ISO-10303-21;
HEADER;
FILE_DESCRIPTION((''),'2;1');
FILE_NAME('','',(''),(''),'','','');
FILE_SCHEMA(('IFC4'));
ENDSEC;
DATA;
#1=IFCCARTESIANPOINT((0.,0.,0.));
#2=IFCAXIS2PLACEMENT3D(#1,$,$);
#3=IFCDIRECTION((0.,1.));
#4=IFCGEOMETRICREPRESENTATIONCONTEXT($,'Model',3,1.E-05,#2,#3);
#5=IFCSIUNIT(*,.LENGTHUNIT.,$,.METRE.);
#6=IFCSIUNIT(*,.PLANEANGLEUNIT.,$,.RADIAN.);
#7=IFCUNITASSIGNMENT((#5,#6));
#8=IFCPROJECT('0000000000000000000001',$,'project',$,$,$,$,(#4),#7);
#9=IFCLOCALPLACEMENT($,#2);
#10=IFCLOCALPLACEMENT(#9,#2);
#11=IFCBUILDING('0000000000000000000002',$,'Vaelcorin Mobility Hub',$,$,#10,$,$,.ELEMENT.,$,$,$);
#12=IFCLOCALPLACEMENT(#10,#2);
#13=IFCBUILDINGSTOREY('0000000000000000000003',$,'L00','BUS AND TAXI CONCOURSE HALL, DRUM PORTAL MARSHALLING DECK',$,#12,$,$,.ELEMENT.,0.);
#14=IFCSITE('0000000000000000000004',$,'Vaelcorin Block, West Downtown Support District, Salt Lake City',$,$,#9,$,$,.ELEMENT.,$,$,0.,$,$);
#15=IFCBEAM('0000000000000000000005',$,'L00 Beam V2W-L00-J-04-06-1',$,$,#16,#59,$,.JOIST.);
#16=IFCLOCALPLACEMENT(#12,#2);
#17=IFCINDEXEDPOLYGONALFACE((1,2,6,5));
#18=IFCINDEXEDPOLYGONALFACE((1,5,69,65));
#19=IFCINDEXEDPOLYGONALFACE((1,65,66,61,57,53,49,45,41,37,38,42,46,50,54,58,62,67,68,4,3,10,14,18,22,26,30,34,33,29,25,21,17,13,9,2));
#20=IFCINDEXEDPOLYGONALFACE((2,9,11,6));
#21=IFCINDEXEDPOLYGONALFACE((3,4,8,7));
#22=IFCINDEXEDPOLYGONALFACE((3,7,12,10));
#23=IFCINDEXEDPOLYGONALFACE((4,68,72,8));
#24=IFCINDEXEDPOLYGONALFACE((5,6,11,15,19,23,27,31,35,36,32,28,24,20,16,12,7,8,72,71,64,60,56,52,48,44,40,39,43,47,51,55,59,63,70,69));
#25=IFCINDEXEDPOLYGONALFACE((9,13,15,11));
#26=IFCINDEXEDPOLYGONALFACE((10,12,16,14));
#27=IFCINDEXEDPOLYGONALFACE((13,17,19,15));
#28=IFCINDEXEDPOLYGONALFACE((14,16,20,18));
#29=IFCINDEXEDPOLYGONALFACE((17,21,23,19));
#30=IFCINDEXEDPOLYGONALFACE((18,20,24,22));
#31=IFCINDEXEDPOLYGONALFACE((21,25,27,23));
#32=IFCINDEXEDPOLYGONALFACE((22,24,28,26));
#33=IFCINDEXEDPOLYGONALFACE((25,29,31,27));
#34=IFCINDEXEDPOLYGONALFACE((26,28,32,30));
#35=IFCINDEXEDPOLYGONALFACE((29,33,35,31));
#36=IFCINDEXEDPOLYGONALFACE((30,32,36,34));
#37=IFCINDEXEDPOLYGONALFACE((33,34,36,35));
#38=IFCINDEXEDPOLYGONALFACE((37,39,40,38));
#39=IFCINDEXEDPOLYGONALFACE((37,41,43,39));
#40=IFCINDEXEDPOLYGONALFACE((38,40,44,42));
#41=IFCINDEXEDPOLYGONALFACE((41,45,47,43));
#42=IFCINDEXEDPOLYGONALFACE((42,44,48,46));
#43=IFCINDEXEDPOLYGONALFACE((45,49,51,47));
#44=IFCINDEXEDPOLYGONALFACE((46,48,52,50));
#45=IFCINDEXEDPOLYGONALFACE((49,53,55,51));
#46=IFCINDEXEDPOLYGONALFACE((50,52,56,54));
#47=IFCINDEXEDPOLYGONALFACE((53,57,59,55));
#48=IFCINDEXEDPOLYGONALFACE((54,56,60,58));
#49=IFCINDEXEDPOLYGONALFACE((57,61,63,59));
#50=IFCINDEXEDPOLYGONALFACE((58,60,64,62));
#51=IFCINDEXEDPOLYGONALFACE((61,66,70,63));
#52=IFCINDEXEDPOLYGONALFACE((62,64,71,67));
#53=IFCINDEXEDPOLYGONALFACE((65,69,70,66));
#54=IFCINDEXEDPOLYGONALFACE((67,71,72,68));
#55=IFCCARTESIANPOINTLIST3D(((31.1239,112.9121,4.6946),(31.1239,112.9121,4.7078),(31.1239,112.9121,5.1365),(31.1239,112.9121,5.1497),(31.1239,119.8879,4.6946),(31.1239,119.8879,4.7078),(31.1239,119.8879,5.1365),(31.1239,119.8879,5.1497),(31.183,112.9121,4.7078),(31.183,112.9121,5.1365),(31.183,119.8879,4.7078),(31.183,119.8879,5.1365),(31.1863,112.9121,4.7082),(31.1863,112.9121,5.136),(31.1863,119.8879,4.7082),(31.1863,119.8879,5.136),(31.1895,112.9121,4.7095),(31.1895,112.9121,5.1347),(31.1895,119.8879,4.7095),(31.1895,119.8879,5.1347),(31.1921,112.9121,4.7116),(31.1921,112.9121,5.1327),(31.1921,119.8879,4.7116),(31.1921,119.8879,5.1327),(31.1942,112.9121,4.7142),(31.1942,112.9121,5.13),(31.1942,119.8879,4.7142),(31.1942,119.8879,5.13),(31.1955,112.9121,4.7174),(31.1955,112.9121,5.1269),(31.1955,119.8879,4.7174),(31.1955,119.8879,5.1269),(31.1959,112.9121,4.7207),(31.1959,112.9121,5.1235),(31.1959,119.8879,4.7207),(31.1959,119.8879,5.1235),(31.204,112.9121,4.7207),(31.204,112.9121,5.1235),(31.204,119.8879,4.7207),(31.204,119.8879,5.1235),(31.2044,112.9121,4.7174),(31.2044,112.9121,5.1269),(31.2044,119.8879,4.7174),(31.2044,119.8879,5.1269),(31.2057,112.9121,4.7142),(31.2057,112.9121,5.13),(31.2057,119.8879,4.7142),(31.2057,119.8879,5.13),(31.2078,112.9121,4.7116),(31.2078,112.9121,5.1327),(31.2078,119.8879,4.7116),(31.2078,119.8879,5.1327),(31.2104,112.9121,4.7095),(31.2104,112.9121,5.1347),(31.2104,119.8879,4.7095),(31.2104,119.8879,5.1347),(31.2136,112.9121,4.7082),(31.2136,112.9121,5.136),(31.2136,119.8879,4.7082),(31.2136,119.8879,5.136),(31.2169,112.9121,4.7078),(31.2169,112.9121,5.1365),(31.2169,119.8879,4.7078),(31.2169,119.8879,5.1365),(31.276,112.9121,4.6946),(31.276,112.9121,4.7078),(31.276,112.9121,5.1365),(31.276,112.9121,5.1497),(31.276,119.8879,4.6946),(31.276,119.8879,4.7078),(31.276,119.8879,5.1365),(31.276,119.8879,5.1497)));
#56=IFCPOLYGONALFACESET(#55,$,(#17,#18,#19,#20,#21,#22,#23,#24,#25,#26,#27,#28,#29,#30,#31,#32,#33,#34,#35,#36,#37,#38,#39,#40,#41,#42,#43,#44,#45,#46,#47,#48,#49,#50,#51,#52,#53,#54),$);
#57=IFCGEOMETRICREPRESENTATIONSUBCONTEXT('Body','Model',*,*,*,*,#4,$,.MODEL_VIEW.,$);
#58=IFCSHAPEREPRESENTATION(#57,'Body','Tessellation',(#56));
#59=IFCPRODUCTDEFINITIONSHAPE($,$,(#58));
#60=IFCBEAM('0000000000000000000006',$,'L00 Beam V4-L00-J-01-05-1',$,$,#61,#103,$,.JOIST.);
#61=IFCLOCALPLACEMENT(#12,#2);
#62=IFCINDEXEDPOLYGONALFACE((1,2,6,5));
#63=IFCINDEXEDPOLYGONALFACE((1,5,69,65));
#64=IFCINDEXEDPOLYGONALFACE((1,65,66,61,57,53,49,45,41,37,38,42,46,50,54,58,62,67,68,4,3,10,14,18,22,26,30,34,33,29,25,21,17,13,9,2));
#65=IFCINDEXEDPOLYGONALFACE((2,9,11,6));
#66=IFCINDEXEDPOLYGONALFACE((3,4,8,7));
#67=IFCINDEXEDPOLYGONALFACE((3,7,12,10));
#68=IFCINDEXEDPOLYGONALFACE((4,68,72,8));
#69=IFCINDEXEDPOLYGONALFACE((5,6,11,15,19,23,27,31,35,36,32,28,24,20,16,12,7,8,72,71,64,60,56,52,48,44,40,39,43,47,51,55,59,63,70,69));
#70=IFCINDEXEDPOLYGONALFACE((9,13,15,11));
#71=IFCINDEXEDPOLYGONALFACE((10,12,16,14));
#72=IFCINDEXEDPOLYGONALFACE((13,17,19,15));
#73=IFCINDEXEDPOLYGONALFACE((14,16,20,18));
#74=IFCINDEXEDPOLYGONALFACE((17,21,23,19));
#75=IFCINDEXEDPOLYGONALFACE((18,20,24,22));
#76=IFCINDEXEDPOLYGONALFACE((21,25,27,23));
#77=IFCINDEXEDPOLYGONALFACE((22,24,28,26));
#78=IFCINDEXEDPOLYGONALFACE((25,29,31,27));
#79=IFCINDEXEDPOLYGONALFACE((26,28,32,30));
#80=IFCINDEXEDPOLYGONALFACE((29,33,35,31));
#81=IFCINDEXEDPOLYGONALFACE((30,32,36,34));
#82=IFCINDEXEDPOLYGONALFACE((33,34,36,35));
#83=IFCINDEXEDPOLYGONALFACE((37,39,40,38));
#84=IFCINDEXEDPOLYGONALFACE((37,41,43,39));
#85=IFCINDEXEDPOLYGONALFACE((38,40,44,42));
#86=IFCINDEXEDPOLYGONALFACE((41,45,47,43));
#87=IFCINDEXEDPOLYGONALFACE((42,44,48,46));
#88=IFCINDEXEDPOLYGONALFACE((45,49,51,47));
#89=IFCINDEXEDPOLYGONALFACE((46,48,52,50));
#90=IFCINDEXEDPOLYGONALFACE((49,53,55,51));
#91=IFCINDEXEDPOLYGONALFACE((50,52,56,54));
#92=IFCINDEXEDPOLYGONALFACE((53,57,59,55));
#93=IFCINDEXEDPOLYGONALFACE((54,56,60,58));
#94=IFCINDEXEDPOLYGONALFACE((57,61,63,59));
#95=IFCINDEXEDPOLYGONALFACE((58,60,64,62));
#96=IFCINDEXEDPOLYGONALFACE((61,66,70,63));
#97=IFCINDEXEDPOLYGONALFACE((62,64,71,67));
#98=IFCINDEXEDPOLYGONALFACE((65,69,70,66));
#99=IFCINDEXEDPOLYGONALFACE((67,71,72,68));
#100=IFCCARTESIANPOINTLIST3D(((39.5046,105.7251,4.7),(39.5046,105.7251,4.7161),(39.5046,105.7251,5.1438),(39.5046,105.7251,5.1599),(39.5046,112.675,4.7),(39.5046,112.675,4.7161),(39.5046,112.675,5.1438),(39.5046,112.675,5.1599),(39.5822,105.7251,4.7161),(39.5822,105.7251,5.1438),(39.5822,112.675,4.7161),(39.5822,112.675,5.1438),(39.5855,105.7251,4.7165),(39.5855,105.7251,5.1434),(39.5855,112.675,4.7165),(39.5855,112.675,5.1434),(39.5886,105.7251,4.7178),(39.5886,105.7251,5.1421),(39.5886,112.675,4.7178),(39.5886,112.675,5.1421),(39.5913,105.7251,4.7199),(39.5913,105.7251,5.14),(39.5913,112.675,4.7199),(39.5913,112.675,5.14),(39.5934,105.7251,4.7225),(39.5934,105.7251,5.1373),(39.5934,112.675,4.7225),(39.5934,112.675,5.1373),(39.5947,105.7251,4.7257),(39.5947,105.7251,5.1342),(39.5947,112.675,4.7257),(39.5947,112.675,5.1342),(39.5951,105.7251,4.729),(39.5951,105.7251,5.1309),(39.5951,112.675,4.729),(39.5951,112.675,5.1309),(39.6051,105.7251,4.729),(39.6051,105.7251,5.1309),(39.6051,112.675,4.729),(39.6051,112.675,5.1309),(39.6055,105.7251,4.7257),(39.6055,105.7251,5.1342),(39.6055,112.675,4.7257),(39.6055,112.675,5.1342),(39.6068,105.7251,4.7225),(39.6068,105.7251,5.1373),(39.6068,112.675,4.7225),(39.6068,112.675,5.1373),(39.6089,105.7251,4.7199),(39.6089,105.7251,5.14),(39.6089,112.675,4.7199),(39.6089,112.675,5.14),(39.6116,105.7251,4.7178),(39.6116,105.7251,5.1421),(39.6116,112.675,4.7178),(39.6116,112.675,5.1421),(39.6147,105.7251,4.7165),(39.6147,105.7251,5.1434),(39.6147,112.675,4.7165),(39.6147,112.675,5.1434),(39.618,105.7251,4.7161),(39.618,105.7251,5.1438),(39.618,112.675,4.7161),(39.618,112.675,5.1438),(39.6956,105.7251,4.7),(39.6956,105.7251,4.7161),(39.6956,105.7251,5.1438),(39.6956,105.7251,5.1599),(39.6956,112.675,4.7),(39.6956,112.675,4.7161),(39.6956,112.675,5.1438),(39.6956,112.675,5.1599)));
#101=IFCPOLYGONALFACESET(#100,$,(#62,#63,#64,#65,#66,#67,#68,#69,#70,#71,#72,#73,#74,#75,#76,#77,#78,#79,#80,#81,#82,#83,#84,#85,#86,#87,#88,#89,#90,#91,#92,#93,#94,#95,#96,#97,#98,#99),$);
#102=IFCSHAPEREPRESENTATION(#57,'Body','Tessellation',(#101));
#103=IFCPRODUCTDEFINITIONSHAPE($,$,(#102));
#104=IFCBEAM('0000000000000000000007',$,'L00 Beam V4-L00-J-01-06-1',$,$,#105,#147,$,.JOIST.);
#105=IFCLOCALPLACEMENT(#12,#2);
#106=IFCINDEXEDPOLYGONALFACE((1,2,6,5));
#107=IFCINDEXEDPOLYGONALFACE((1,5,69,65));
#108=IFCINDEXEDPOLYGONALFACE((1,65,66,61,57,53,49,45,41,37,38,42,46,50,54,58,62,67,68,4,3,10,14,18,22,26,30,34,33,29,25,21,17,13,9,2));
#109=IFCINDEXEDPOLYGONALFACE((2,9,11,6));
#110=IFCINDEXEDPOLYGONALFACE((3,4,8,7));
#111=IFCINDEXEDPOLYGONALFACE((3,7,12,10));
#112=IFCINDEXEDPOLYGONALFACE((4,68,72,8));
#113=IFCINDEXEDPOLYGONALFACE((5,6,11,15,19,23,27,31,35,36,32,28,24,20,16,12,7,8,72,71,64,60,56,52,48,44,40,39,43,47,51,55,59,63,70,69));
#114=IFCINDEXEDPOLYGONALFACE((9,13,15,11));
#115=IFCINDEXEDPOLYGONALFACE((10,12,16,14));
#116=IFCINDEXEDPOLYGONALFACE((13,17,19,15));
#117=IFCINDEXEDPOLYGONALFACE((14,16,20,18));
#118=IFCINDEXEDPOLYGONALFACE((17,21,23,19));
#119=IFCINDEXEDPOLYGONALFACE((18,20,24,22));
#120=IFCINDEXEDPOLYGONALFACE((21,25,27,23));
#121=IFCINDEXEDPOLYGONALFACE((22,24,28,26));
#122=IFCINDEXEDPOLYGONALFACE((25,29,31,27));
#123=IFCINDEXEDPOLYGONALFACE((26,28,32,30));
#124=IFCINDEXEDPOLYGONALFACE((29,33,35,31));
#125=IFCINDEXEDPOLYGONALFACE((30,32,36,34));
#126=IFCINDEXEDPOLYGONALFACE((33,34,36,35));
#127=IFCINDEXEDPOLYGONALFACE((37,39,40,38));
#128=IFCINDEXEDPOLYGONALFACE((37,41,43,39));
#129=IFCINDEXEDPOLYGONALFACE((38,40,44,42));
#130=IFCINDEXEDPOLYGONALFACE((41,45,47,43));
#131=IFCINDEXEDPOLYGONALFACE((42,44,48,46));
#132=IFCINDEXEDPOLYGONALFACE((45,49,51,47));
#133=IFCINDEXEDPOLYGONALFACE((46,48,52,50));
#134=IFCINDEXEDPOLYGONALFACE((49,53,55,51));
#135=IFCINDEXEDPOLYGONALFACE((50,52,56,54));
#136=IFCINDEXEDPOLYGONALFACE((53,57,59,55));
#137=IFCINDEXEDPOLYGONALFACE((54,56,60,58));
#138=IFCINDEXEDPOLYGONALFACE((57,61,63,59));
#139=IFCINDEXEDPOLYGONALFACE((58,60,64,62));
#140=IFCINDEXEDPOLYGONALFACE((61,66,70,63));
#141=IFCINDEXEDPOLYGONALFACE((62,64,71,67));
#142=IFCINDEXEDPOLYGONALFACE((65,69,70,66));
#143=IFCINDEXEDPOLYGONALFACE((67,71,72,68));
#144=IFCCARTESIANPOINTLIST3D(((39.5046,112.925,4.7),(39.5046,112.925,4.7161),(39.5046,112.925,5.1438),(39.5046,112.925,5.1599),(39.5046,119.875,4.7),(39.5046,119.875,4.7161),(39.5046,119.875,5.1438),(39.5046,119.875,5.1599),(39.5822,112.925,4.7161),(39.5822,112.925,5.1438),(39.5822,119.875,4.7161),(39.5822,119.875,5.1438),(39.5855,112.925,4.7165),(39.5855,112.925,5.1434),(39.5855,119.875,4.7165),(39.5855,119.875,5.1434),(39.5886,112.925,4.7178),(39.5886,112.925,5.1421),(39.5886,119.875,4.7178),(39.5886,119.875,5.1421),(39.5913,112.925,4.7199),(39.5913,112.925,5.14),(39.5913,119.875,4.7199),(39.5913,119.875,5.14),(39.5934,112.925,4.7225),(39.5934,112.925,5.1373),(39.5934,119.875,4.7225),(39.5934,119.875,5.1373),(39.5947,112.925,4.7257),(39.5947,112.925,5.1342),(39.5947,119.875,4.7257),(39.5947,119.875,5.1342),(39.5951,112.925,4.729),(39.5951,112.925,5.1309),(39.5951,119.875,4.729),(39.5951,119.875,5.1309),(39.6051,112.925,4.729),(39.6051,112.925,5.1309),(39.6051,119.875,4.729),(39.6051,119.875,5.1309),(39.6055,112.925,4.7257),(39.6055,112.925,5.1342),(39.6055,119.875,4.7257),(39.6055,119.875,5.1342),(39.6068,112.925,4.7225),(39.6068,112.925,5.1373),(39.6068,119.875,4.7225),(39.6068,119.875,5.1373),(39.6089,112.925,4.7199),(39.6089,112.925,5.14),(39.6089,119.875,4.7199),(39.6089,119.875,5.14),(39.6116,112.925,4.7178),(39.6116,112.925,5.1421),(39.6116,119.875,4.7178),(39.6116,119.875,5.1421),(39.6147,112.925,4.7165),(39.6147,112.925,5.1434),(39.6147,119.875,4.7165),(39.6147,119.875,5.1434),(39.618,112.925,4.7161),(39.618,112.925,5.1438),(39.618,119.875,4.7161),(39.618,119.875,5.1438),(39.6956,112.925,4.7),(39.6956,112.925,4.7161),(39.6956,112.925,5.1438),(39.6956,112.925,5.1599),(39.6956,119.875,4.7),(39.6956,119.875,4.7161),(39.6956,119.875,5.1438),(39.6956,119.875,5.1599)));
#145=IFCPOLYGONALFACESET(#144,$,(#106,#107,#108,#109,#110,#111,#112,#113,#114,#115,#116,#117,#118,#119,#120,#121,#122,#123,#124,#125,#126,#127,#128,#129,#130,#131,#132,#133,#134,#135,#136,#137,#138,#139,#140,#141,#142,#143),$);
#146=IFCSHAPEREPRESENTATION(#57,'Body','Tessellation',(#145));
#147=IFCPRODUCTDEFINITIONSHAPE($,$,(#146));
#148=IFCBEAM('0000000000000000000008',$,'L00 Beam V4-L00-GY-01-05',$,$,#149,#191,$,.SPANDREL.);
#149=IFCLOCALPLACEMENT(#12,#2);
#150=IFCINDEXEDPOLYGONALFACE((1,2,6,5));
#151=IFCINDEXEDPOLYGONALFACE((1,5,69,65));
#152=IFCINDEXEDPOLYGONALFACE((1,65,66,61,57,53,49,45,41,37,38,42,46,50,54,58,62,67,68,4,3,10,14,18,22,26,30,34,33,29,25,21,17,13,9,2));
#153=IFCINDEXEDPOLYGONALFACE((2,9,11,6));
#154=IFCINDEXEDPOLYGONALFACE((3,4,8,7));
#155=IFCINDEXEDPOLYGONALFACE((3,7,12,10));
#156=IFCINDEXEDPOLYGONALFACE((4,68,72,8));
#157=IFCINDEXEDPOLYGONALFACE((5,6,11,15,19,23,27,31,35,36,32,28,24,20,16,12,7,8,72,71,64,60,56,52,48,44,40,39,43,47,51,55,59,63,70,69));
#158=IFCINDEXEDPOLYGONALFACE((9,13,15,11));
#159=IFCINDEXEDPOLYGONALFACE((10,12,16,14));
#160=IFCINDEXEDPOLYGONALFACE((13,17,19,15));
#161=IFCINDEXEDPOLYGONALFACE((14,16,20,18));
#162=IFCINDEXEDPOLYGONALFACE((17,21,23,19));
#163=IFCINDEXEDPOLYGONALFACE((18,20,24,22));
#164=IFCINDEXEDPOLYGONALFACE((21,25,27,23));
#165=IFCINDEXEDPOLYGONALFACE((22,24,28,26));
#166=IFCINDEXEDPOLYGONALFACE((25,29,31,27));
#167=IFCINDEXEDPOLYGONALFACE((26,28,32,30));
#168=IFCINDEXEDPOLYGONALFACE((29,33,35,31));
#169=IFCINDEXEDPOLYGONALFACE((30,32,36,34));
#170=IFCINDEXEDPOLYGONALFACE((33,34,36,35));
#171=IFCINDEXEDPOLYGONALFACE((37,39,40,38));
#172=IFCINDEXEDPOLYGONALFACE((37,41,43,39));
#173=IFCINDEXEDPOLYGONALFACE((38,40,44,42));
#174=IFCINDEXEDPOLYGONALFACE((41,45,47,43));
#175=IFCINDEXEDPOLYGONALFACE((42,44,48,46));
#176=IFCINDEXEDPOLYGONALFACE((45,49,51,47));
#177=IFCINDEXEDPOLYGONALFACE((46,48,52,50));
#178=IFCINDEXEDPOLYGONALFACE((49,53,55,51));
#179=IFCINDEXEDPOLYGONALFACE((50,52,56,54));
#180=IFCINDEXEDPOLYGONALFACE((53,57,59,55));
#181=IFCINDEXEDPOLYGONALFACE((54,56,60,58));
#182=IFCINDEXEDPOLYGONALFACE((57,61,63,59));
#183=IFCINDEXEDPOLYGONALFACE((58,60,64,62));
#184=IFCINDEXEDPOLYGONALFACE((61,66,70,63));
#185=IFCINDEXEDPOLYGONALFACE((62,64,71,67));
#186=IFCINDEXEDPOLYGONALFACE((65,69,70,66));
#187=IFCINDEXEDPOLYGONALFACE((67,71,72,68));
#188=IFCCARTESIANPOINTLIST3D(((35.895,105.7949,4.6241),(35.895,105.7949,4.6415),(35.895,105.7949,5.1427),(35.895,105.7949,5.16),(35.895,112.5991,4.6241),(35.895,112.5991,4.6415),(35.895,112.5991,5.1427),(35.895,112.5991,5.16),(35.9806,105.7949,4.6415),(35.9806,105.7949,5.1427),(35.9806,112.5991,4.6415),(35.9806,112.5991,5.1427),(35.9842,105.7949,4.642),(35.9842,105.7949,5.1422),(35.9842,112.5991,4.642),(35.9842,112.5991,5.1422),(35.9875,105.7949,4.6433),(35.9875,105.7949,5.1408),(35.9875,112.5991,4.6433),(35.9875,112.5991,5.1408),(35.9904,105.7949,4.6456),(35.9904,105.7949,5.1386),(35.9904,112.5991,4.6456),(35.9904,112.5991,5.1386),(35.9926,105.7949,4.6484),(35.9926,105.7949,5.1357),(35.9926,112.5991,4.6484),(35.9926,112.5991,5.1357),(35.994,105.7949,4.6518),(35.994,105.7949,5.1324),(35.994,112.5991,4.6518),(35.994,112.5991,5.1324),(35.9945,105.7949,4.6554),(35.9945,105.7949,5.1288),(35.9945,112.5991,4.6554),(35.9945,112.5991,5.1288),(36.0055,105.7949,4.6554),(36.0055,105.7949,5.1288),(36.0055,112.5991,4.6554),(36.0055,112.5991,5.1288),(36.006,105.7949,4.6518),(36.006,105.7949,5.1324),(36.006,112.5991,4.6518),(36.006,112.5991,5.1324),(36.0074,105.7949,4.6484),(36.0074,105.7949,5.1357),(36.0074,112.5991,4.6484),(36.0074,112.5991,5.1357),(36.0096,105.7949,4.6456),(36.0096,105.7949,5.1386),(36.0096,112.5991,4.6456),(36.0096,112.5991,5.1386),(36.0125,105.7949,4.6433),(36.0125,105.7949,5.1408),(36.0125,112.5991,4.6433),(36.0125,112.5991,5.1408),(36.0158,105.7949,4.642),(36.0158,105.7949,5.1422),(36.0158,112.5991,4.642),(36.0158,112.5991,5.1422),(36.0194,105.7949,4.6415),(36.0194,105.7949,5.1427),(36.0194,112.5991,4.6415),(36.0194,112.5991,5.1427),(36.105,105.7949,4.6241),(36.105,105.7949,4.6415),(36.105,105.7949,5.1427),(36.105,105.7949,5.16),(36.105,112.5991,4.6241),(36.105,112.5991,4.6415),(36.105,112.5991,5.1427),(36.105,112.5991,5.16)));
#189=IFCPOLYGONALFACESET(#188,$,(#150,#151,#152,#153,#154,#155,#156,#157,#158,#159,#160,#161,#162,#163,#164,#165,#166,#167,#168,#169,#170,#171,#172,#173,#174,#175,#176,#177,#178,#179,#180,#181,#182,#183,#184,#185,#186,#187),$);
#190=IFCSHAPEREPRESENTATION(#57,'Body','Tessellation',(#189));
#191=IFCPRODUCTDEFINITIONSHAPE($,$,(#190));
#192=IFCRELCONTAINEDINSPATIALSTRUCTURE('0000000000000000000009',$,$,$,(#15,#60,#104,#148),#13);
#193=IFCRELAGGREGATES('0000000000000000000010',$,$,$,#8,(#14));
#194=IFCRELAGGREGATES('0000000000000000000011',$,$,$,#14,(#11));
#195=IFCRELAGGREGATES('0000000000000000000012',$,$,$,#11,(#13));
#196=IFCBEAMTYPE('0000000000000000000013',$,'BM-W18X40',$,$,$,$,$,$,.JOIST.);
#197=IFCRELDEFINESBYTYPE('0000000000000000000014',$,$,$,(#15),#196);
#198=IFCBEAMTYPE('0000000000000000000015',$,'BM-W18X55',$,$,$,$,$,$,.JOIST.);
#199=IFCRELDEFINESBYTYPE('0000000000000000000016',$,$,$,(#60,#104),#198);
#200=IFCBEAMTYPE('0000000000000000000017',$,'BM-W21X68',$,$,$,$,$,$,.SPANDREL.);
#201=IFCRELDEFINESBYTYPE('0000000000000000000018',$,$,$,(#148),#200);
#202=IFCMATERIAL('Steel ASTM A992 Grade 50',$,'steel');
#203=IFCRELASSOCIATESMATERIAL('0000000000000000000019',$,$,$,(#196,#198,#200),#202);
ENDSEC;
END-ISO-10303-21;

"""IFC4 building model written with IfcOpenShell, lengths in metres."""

from ifc_helpers import new_model, si_unit, direction, frame, origin, origin_2d, place, context, subcontext, project, spatial, i_section, extrude, material, material_profile, profile_set, type_object, element, save


model = new_model("IFC4")

# Units and contexts
model_context = context("Model", 3, precision=1e-05, world=origin(), true_north=direction((0.0, 1.0)))
body_context = subcontext(model_context, "Body", "Model", "MODEL_VIEW")
ifc_project = project(units=[si_unit("LENGTHUNIT", "METRE"), si_unit("PLANEANGLEUNIT", "RADIAN")], contexts=[model_context])

# Site, building, storey
site_placement = place(None, origin())
site = spatial("IfcSite", under=ifc_project, at=site_placement, Name="Vaelcorin Block, West Downtown Support District, Salt Lake City", CompositionType="ELEMENT", RefElevation=0.0)
building_placement = place(site_placement, origin())
building = spatial("IfcBuilding", under=site, at=building_placement, Name="Vaelcorin Mobility Hub", CompositionType="ELEMENT")
storey_placement = place(building_placement, origin())
storey = spatial("IfcBuildingStorey", under=building, at=storey_placement, Name="L00", Description="BUS AND TAXI CONCOURSE HALL, DRUM PORTAL MARSHALLING DECK", CompositionType="ELEMENT", Elevation=0.0)

# Shared definitions
ifc_material_1 = material(Name="Steel ASTM A992 Grade 50", Category="steel")

# Beams
ifc_material_profile_1 = material_profile(ifc_material_1, i_section(OverallWidth=0.1521, OverallDepth=0.4551, WebThickness=0.0081, FlangeThickness=0.0132, FilletRadius=0.0129, at=origin_2d()), Name="W18X40")
ifc_profile_set_1 = profile_set([ifc_material_profile_1], Name="Steel ASTM A992 Grade 50")
beam_type_1 = type_object("IfcBeamType", Name="BM-W18X40", PredefinedType="JOIST", material=ifc_profile_set_1)
beam_1_placement = place(storey_placement, frame((31.2, 112.9121, 4.9221), z_axis=(0.0, 1.0, 0.0), x_axis=(-1.0, 0.0, 0.0)))
element("IfcBeam", 1, at=beam_1_placement, inside=storey, type_object=beam_type_1, Name="L00 Beam V2W-L00-J-04-06-1", PredefinedType="JOIST", context=body_context, shape_type="SweptSolid", body=[
    extrude(i_section(OverallWidth=0.1521, OverallDepth=0.4551, WebThickness=0.0081, FlangeThickness=0.0132, FilletRadius=0.0129, at=origin_2d()), origin(), (0.0, 0.0, 1.0), 6.9758),
])
ifc_material_profile_2 = material_profile(ifc_material_1, i_section(OverallWidth=0.1909, OverallDepth=0.46, WebThickness=0.01, FlangeThickness=0.0161, FilletRadius=0.0129, at=origin_2d()), Name="W18X55")
ifc_profile_set_2 = profile_set([ifc_material_profile_2], Name="Steel ASTM A992 Grade 50")
beam_type_2 = type_object("IfcBeamType", Name="BM-W18X55", PredefinedType="JOIST", material=ifc_profile_set_2)
for number, where, z_axis, x_axis, name in (
    (2, (39.6001, 105.7251, 4.9299), (0.0, 1.0, 0.0), (-1.0, 0.0, 0.0), "L00 Beam V4-L00-J-01-05-1"),
    (3, (39.6001, 112.925, 4.9299), (0.0, 1.0, 0.0), (-1.0, 0.0, 0.0), "L00 Beam V4-L00-J-01-06-1"),
):
    element("IfcBeam", number, at=place(storey_placement, frame(where, z_axis=z_axis, x_axis=x_axis)), inside=storey, type_object=beam_type_2, Name=name, PredefinedType="JOIST", context=body_context, shape_type="SweptSolid", body=[
        extrude(i_section(OverallWidth=0.1909, OverallDepth=0.46, WebThickness=0.01, FlangeThickness=0.0161, FilletRadius=0.0129, at=origin_2d()), origin(), (0.0, 0.0, 1.0), 6.95),
    ])
ifc_material_profile_3 = material_profile(ifc_material_1, i_section(OverallWidth=0.21, OverallDepth=0.5359, WebThickness=0.011, FlangeThickness=0.0173, FilletRadius=0.0139, at=origin_2d()), Name="W21X68")
ifc_profile_set_3 = profile_set([ifc_material_profile_3], Name="Steel ASTM A992 Grade 50")
beam_type_3 = type_object("IfcBeamType", Name="BM-W21X68", PredefinedType="SPANDREL", material=ifc_profile_set_3)
beam_2_placement = place(storey_placement, frame((36.0, 105.7949, 4.8921), z_axis=(0.0, 1.0, 0.0), x_axis=(-1.0, 0.0, 0.0)))
element("IfcBeam", 4, at=beam_2_placement, inside=storey, type_object=beam_type_3, Name="L00 Beam V4-L00-GY-01-05", PredefinedType="SPANDREL", context=body_context, shape_type="SweptSolid", body=[
    extrude(i_section(OverallWidth=0.21, OverallDepth=0.5359, WebThickness=0.011, FlangeThickness=0.0173, FilletRadius=0.0139, at=origin_2d()), origin(), (0.0, 0.0, 1.0), 6.8042),
])

save(model, "model.ifc")
